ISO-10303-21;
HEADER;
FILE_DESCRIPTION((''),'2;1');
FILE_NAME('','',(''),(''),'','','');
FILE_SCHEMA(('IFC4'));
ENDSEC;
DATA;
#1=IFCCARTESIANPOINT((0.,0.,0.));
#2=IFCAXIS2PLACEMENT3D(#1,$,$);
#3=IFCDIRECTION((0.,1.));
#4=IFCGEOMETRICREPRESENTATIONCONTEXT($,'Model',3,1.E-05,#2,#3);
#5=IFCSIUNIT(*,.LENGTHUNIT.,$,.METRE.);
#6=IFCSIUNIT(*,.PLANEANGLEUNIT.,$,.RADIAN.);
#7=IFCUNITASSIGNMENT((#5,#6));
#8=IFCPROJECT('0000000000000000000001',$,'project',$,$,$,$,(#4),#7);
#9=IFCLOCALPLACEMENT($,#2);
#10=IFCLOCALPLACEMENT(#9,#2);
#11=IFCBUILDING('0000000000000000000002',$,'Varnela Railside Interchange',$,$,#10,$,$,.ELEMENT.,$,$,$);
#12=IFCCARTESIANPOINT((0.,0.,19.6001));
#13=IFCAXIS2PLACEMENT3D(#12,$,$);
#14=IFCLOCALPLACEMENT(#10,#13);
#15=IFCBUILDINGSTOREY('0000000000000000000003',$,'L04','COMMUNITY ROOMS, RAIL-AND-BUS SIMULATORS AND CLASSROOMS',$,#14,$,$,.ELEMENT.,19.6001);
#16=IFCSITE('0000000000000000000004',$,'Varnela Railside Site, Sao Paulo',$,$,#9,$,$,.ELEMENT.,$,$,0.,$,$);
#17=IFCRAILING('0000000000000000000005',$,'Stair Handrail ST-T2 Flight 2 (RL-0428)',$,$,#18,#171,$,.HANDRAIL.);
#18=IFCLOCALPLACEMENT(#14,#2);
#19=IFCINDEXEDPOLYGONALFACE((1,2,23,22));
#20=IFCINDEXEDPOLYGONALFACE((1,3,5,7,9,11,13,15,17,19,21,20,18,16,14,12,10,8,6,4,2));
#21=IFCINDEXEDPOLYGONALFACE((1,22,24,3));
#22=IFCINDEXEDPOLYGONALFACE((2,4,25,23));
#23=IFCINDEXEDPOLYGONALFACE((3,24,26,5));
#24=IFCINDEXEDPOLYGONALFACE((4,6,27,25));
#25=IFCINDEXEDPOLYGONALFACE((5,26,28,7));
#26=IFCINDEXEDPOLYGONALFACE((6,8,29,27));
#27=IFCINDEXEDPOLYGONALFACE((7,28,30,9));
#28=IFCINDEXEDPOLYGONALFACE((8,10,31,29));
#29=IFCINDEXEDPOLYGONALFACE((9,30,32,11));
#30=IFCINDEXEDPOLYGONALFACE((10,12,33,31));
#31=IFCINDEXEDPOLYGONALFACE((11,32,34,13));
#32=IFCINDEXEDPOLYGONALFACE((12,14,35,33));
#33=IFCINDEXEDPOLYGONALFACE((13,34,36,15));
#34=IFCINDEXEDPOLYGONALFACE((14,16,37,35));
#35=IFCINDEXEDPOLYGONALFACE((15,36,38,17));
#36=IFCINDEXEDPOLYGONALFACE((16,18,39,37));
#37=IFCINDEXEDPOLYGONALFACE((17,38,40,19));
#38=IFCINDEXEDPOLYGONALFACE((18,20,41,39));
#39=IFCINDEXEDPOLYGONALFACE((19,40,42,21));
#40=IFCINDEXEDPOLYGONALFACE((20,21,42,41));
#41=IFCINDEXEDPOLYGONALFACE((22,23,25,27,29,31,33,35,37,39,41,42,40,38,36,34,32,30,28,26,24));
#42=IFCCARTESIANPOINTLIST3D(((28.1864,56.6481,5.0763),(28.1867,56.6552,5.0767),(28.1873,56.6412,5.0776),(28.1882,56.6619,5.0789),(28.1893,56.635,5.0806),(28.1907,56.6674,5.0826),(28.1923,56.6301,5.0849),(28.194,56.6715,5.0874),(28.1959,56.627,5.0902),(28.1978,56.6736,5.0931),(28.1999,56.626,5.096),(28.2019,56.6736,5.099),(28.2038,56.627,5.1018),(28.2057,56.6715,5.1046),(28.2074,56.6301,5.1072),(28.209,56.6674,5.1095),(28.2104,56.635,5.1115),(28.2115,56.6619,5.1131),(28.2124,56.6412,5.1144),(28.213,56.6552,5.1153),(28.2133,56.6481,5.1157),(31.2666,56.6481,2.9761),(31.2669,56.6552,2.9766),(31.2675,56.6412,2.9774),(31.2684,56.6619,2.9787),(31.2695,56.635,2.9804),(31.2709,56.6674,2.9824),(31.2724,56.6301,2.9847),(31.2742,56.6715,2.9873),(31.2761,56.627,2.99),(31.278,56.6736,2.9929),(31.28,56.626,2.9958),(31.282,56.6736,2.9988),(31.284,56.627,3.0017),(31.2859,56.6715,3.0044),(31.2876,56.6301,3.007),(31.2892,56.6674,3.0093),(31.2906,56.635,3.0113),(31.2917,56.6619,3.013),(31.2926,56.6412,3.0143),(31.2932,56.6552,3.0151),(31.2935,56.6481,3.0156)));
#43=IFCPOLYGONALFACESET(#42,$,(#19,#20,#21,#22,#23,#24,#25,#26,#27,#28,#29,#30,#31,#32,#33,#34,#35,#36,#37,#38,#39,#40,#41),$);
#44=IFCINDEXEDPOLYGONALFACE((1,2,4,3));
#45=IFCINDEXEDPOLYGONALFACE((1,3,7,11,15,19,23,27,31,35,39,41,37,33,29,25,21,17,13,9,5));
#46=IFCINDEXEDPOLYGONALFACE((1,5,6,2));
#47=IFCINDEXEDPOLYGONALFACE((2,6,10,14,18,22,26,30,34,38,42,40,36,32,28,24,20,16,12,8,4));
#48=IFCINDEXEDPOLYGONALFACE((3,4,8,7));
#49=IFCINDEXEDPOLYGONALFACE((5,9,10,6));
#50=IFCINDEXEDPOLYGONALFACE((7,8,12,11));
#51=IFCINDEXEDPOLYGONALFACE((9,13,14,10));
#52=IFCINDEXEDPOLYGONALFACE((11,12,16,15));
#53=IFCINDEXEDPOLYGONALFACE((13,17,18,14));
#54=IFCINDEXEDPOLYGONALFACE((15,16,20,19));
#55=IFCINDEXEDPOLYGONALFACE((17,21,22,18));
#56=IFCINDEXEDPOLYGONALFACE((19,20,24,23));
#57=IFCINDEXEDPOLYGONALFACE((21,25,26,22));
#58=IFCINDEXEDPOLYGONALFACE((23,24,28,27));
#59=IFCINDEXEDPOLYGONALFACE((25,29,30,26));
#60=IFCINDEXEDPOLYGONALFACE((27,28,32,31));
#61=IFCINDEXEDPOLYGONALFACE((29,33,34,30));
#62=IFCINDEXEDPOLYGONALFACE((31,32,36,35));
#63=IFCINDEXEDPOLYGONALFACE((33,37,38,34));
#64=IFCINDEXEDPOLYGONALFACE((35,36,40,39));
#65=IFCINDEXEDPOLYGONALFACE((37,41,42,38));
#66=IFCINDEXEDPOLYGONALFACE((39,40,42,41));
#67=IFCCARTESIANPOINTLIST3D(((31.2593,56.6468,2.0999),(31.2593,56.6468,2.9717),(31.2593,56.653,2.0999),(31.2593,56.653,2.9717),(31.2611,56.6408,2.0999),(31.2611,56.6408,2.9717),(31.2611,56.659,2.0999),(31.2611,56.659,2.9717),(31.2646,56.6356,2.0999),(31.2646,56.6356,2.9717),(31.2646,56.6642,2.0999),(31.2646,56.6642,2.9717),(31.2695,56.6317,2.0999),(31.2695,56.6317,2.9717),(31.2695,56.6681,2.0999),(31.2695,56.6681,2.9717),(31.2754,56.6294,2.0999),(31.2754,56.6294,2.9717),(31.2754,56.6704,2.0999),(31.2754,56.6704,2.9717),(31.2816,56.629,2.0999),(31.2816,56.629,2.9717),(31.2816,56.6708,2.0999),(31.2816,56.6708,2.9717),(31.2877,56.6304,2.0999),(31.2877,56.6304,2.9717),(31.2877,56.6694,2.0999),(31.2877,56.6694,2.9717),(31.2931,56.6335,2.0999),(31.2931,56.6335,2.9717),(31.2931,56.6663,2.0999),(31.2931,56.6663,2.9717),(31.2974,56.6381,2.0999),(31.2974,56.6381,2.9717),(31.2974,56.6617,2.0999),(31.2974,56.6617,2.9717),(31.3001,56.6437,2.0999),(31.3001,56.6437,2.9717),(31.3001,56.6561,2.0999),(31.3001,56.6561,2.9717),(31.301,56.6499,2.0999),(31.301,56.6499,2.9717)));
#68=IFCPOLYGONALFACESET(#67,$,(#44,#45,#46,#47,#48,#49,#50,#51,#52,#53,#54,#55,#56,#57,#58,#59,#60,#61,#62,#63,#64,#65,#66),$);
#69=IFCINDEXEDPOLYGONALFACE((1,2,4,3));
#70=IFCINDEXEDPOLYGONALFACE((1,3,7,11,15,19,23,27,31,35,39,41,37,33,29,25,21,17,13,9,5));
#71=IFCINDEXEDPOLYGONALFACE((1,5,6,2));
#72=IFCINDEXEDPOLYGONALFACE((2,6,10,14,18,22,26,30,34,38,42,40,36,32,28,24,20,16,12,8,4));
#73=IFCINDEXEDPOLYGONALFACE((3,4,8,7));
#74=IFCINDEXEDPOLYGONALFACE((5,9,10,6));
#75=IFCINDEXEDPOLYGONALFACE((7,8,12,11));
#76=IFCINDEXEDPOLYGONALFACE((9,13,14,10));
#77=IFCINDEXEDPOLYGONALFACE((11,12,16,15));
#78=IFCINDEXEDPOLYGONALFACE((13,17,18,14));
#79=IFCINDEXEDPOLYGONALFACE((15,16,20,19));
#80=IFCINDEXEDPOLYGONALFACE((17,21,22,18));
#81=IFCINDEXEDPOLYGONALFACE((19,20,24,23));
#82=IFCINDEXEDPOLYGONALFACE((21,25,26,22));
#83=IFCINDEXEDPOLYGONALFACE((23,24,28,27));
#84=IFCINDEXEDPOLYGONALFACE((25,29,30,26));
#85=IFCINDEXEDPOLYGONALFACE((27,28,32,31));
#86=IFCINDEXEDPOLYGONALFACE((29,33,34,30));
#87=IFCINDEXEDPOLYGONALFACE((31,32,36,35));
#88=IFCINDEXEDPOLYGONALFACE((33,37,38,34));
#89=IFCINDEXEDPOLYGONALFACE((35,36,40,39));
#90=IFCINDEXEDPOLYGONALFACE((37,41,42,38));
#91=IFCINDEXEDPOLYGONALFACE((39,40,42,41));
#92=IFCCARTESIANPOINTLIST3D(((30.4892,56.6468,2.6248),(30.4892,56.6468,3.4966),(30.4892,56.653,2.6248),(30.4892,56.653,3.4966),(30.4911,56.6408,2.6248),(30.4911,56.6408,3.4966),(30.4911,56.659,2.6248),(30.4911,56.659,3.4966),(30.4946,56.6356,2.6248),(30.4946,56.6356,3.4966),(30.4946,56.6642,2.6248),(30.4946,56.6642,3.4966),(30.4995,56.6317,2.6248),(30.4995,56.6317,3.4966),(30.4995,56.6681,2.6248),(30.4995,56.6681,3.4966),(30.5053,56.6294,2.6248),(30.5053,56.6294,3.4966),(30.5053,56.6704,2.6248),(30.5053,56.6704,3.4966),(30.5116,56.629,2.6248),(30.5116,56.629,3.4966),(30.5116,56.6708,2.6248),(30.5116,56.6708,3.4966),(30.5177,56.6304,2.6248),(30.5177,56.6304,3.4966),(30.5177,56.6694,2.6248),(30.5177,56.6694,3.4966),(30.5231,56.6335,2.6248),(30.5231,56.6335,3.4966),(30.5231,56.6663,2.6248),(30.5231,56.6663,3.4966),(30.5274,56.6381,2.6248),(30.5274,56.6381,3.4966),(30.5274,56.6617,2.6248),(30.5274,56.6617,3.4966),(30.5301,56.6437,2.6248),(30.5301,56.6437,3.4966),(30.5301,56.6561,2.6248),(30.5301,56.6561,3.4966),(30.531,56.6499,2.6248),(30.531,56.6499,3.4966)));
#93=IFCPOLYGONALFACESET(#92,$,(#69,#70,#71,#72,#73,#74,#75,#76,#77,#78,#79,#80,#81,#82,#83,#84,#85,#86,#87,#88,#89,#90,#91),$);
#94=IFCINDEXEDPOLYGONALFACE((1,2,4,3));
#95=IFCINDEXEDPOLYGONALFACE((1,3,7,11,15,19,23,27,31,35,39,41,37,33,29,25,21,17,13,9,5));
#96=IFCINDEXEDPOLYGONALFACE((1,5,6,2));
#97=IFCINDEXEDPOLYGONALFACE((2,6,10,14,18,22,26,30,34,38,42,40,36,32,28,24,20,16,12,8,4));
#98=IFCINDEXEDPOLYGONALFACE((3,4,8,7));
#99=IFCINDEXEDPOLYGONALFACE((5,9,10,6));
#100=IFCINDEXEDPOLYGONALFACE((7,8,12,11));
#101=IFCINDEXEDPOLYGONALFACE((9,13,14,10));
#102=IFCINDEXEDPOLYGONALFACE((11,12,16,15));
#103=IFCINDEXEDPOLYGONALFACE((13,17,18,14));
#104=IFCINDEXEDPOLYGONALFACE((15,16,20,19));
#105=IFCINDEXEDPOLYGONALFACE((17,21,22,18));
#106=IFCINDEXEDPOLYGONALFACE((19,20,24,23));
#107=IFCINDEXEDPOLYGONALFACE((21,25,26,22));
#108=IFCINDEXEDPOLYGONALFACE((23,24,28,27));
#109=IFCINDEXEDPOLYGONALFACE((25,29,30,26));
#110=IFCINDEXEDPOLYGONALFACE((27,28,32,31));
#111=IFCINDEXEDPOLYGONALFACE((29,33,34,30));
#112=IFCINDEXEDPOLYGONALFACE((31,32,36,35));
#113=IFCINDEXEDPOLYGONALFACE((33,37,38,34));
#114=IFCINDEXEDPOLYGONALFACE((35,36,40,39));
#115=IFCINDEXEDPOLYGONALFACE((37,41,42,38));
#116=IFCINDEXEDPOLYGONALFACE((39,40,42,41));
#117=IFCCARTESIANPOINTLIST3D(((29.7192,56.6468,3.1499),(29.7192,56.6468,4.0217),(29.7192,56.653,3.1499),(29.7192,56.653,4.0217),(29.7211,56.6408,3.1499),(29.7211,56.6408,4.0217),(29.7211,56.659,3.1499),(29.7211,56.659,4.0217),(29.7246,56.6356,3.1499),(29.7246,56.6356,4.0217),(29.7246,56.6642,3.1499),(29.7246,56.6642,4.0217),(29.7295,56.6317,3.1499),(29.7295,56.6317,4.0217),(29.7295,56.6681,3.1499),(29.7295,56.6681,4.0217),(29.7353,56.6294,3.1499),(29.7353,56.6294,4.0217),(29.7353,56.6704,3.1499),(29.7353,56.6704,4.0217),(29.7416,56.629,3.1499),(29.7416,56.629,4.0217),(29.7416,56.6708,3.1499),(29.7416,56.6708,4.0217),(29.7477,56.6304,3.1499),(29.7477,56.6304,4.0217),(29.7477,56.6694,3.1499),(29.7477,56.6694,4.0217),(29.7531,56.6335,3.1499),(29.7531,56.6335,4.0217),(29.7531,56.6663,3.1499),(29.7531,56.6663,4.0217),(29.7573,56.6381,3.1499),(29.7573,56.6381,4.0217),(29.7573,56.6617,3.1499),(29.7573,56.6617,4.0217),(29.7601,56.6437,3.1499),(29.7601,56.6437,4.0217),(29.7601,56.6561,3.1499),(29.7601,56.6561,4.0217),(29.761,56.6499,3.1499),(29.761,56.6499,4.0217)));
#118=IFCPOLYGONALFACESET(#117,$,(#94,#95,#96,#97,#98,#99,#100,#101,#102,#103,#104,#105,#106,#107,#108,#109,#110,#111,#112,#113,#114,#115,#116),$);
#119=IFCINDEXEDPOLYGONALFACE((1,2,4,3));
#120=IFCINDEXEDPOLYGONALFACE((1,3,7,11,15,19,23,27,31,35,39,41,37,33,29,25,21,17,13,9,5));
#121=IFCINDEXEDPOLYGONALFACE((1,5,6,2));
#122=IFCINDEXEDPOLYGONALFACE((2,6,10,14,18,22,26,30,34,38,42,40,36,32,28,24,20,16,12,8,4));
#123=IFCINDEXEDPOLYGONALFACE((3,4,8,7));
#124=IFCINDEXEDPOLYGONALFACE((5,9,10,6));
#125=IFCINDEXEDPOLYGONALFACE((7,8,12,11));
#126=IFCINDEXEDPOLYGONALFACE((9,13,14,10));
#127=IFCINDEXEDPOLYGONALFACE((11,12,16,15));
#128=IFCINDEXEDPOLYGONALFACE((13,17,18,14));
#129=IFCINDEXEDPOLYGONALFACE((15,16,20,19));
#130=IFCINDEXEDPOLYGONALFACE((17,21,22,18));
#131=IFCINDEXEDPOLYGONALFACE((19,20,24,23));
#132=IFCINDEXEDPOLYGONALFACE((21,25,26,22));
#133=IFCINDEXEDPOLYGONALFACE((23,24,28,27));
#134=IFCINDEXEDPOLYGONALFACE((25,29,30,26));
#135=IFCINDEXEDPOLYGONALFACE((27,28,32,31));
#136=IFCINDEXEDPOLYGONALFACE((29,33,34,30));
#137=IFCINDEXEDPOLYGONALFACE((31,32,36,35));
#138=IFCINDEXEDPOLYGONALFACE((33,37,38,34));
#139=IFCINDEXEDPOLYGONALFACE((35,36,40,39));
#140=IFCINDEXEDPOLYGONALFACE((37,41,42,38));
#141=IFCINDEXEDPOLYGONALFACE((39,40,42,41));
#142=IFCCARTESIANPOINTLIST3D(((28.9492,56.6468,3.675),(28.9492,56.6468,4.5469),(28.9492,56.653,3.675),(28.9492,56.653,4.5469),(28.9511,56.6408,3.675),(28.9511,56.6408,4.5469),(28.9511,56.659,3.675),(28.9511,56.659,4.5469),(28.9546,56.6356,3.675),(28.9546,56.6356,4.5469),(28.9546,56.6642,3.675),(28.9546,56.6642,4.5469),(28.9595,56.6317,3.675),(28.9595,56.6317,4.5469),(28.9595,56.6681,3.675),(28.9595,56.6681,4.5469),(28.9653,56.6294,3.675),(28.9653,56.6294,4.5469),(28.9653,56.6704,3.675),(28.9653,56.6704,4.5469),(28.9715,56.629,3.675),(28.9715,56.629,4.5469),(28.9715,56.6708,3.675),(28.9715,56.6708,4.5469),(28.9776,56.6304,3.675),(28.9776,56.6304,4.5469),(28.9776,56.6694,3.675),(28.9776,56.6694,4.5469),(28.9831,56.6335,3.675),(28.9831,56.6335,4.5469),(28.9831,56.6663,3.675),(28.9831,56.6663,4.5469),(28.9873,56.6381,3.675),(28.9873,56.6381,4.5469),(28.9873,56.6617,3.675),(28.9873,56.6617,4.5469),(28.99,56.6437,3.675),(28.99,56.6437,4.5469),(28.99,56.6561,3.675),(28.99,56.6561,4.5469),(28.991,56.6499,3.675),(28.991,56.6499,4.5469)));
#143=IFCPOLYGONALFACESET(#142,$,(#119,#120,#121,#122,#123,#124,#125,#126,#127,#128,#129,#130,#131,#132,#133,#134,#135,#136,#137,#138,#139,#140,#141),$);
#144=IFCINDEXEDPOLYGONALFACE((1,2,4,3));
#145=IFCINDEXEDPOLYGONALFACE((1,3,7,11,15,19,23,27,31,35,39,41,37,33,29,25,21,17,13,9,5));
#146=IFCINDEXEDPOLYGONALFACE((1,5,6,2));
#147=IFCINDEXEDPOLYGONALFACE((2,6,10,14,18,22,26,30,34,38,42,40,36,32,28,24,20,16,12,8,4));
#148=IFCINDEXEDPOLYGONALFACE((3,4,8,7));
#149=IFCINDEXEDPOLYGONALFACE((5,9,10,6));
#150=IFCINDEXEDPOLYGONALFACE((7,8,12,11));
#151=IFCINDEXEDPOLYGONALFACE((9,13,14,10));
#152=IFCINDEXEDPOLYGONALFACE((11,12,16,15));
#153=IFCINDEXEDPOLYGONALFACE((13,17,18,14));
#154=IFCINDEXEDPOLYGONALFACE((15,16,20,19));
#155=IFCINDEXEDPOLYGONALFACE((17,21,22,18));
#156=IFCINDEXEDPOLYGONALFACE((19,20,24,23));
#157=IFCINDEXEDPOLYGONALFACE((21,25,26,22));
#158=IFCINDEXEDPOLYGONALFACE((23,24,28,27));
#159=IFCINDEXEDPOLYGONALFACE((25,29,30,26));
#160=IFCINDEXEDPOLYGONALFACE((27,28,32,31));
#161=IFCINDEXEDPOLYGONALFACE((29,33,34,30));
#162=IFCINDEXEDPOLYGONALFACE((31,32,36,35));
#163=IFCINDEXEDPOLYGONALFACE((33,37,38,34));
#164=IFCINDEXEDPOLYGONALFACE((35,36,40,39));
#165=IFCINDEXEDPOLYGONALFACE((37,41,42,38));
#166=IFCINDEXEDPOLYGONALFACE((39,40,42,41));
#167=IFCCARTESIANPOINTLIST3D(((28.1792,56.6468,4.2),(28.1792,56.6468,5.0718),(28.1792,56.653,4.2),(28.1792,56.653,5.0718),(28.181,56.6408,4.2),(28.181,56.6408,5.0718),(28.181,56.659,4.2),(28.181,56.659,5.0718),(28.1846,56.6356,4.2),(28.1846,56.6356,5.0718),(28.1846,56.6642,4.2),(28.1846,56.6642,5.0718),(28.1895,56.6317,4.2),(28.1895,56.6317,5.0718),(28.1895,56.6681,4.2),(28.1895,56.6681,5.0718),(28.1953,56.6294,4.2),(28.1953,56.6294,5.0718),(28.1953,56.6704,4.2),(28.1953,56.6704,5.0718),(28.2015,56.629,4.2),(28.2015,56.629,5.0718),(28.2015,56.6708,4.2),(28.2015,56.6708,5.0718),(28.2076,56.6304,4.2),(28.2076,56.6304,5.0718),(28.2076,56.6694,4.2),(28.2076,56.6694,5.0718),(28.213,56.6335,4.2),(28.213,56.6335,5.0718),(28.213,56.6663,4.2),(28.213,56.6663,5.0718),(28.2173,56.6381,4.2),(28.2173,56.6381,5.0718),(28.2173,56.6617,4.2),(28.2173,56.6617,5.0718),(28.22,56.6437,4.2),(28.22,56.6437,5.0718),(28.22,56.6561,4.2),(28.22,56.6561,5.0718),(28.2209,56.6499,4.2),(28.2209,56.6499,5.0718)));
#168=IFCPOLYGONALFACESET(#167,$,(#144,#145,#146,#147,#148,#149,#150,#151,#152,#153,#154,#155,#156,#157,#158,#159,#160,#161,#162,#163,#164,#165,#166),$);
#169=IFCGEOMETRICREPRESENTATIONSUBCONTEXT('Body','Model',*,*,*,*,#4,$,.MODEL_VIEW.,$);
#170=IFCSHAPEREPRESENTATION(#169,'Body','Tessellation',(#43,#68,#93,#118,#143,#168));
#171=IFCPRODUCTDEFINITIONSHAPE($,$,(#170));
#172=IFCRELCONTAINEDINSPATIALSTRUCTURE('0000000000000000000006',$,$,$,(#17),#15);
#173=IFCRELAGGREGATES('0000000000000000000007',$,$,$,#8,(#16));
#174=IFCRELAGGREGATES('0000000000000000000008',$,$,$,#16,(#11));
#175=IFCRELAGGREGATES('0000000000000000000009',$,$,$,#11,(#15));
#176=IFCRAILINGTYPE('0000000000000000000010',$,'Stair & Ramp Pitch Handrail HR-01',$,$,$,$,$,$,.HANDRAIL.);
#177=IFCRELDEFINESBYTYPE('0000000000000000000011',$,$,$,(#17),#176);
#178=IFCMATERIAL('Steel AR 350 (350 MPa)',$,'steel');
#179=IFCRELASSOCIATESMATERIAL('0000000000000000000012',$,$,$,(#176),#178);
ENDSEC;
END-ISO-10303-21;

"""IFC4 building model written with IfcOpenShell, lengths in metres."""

from ifc_helpers import new_model, si_unit, direction, frame, origin, origin_2d, place, context, subcontext, project, spatial, circle, extrude, material, type_object, element, save


model = new_model("IFC4")

# Units and contexts
model_context = context("Model", 3, precision=1e-05, world=origin(), true_north=direction((0.0, 1.0)))
body_context = subcontext(model_context, "Body", "Model", "MODEL_VIEW")
ifc_project = project(units=[si_unit("LENGTHUNIT", "METRE"), si_unit("PLANEANGLEUNIT", "RADIAN")], contexts=[model_context])

# Site, building, storey
site_placement = place(None, origin())
site = spatial("IfcSite", under=ifc_project, at=site_placement, Name="Varnela Railside Site, Sao Paulo", CompositionType="ELEMENT", RefElevation=0.0)
building_placement = place(site_placement, origin())
building = spatial("IfcBuilding", under=site, at=building_placement, Name="Varnela Railside Interchange", CompositionType="ELEMENT")
storey_placement = place(building_placement, frame((0.0, 0.0, 19.6001)))
storey = spatial("IfcBuildingStorey", under=building, at=storey_placement, Name="L04", Description="COMMUNITY ROOMS, RAIL-AND-BUS SIMULATORS AND CLASSROOMS", CompositionType="ELEMENT", Elevation=19.6001)

# Shared definitions
ifc_material_1 = material(Name="Steel AR 350 (350 MPa)", Category="steel")

# Railing
railing_type_1 = type_object("IfcRailingType", Name="Stair & Ramp Pitch Handrail HR-01", PredefinedType="HANDRAIL", material=ifc_material_1)
railing_1_placement = place(storey_placement, frame((31.28, 56.6499, 2.0999)))
element("IfcRailing", 1, at=railing_1_placement, inside=storey, type_object=railing_type_1, Name="Stair Handrail ST-T2 Flight 2 (RL-0428)", PredefinedType="HANDRAIL", context=body_context, shape_type="SweptSolid", body=[
    extrude(circle(Radius=0.0239, at=origin_2d()), frame((0.0, 0.0, 0.896), z_axis=(-0.826222, 0.0, 0.563345), x_axis=(0.0, -1.0, 0.0)), (0.0, 0.0, 1.0), 3.728),
    extrude(circle(Radius=0.021, at=origin_2d()), origin(), (0.0, 0.0, 1.0), 0.8718),
    extrude(circle(Radius=0.021, at=origin_2d()), frame((-0.77, 0.0, 0.5249)), (0.0, 0.0, 1.0), 0.8718),
    extrude(circle(Radius=0.021, at=origin_2d()), frame((-1.54, 0.0, 1.05)), (0.0, 0.0, 1.0), 0.8718),
    extrude(circle(Radius=0.021, at=origin_2d()), frame((-2.3101, 0.0, 1.5752)), (0.0, 0.0, 1.0), 0.8718),
    extrude(circle(Radius=0.021, at=origin_2d()), frame((-3.0801, 0.0, 2.1001)), (0.0, 0.0, 1.0), 0.8718),
])

save(model, "model.ifc")
